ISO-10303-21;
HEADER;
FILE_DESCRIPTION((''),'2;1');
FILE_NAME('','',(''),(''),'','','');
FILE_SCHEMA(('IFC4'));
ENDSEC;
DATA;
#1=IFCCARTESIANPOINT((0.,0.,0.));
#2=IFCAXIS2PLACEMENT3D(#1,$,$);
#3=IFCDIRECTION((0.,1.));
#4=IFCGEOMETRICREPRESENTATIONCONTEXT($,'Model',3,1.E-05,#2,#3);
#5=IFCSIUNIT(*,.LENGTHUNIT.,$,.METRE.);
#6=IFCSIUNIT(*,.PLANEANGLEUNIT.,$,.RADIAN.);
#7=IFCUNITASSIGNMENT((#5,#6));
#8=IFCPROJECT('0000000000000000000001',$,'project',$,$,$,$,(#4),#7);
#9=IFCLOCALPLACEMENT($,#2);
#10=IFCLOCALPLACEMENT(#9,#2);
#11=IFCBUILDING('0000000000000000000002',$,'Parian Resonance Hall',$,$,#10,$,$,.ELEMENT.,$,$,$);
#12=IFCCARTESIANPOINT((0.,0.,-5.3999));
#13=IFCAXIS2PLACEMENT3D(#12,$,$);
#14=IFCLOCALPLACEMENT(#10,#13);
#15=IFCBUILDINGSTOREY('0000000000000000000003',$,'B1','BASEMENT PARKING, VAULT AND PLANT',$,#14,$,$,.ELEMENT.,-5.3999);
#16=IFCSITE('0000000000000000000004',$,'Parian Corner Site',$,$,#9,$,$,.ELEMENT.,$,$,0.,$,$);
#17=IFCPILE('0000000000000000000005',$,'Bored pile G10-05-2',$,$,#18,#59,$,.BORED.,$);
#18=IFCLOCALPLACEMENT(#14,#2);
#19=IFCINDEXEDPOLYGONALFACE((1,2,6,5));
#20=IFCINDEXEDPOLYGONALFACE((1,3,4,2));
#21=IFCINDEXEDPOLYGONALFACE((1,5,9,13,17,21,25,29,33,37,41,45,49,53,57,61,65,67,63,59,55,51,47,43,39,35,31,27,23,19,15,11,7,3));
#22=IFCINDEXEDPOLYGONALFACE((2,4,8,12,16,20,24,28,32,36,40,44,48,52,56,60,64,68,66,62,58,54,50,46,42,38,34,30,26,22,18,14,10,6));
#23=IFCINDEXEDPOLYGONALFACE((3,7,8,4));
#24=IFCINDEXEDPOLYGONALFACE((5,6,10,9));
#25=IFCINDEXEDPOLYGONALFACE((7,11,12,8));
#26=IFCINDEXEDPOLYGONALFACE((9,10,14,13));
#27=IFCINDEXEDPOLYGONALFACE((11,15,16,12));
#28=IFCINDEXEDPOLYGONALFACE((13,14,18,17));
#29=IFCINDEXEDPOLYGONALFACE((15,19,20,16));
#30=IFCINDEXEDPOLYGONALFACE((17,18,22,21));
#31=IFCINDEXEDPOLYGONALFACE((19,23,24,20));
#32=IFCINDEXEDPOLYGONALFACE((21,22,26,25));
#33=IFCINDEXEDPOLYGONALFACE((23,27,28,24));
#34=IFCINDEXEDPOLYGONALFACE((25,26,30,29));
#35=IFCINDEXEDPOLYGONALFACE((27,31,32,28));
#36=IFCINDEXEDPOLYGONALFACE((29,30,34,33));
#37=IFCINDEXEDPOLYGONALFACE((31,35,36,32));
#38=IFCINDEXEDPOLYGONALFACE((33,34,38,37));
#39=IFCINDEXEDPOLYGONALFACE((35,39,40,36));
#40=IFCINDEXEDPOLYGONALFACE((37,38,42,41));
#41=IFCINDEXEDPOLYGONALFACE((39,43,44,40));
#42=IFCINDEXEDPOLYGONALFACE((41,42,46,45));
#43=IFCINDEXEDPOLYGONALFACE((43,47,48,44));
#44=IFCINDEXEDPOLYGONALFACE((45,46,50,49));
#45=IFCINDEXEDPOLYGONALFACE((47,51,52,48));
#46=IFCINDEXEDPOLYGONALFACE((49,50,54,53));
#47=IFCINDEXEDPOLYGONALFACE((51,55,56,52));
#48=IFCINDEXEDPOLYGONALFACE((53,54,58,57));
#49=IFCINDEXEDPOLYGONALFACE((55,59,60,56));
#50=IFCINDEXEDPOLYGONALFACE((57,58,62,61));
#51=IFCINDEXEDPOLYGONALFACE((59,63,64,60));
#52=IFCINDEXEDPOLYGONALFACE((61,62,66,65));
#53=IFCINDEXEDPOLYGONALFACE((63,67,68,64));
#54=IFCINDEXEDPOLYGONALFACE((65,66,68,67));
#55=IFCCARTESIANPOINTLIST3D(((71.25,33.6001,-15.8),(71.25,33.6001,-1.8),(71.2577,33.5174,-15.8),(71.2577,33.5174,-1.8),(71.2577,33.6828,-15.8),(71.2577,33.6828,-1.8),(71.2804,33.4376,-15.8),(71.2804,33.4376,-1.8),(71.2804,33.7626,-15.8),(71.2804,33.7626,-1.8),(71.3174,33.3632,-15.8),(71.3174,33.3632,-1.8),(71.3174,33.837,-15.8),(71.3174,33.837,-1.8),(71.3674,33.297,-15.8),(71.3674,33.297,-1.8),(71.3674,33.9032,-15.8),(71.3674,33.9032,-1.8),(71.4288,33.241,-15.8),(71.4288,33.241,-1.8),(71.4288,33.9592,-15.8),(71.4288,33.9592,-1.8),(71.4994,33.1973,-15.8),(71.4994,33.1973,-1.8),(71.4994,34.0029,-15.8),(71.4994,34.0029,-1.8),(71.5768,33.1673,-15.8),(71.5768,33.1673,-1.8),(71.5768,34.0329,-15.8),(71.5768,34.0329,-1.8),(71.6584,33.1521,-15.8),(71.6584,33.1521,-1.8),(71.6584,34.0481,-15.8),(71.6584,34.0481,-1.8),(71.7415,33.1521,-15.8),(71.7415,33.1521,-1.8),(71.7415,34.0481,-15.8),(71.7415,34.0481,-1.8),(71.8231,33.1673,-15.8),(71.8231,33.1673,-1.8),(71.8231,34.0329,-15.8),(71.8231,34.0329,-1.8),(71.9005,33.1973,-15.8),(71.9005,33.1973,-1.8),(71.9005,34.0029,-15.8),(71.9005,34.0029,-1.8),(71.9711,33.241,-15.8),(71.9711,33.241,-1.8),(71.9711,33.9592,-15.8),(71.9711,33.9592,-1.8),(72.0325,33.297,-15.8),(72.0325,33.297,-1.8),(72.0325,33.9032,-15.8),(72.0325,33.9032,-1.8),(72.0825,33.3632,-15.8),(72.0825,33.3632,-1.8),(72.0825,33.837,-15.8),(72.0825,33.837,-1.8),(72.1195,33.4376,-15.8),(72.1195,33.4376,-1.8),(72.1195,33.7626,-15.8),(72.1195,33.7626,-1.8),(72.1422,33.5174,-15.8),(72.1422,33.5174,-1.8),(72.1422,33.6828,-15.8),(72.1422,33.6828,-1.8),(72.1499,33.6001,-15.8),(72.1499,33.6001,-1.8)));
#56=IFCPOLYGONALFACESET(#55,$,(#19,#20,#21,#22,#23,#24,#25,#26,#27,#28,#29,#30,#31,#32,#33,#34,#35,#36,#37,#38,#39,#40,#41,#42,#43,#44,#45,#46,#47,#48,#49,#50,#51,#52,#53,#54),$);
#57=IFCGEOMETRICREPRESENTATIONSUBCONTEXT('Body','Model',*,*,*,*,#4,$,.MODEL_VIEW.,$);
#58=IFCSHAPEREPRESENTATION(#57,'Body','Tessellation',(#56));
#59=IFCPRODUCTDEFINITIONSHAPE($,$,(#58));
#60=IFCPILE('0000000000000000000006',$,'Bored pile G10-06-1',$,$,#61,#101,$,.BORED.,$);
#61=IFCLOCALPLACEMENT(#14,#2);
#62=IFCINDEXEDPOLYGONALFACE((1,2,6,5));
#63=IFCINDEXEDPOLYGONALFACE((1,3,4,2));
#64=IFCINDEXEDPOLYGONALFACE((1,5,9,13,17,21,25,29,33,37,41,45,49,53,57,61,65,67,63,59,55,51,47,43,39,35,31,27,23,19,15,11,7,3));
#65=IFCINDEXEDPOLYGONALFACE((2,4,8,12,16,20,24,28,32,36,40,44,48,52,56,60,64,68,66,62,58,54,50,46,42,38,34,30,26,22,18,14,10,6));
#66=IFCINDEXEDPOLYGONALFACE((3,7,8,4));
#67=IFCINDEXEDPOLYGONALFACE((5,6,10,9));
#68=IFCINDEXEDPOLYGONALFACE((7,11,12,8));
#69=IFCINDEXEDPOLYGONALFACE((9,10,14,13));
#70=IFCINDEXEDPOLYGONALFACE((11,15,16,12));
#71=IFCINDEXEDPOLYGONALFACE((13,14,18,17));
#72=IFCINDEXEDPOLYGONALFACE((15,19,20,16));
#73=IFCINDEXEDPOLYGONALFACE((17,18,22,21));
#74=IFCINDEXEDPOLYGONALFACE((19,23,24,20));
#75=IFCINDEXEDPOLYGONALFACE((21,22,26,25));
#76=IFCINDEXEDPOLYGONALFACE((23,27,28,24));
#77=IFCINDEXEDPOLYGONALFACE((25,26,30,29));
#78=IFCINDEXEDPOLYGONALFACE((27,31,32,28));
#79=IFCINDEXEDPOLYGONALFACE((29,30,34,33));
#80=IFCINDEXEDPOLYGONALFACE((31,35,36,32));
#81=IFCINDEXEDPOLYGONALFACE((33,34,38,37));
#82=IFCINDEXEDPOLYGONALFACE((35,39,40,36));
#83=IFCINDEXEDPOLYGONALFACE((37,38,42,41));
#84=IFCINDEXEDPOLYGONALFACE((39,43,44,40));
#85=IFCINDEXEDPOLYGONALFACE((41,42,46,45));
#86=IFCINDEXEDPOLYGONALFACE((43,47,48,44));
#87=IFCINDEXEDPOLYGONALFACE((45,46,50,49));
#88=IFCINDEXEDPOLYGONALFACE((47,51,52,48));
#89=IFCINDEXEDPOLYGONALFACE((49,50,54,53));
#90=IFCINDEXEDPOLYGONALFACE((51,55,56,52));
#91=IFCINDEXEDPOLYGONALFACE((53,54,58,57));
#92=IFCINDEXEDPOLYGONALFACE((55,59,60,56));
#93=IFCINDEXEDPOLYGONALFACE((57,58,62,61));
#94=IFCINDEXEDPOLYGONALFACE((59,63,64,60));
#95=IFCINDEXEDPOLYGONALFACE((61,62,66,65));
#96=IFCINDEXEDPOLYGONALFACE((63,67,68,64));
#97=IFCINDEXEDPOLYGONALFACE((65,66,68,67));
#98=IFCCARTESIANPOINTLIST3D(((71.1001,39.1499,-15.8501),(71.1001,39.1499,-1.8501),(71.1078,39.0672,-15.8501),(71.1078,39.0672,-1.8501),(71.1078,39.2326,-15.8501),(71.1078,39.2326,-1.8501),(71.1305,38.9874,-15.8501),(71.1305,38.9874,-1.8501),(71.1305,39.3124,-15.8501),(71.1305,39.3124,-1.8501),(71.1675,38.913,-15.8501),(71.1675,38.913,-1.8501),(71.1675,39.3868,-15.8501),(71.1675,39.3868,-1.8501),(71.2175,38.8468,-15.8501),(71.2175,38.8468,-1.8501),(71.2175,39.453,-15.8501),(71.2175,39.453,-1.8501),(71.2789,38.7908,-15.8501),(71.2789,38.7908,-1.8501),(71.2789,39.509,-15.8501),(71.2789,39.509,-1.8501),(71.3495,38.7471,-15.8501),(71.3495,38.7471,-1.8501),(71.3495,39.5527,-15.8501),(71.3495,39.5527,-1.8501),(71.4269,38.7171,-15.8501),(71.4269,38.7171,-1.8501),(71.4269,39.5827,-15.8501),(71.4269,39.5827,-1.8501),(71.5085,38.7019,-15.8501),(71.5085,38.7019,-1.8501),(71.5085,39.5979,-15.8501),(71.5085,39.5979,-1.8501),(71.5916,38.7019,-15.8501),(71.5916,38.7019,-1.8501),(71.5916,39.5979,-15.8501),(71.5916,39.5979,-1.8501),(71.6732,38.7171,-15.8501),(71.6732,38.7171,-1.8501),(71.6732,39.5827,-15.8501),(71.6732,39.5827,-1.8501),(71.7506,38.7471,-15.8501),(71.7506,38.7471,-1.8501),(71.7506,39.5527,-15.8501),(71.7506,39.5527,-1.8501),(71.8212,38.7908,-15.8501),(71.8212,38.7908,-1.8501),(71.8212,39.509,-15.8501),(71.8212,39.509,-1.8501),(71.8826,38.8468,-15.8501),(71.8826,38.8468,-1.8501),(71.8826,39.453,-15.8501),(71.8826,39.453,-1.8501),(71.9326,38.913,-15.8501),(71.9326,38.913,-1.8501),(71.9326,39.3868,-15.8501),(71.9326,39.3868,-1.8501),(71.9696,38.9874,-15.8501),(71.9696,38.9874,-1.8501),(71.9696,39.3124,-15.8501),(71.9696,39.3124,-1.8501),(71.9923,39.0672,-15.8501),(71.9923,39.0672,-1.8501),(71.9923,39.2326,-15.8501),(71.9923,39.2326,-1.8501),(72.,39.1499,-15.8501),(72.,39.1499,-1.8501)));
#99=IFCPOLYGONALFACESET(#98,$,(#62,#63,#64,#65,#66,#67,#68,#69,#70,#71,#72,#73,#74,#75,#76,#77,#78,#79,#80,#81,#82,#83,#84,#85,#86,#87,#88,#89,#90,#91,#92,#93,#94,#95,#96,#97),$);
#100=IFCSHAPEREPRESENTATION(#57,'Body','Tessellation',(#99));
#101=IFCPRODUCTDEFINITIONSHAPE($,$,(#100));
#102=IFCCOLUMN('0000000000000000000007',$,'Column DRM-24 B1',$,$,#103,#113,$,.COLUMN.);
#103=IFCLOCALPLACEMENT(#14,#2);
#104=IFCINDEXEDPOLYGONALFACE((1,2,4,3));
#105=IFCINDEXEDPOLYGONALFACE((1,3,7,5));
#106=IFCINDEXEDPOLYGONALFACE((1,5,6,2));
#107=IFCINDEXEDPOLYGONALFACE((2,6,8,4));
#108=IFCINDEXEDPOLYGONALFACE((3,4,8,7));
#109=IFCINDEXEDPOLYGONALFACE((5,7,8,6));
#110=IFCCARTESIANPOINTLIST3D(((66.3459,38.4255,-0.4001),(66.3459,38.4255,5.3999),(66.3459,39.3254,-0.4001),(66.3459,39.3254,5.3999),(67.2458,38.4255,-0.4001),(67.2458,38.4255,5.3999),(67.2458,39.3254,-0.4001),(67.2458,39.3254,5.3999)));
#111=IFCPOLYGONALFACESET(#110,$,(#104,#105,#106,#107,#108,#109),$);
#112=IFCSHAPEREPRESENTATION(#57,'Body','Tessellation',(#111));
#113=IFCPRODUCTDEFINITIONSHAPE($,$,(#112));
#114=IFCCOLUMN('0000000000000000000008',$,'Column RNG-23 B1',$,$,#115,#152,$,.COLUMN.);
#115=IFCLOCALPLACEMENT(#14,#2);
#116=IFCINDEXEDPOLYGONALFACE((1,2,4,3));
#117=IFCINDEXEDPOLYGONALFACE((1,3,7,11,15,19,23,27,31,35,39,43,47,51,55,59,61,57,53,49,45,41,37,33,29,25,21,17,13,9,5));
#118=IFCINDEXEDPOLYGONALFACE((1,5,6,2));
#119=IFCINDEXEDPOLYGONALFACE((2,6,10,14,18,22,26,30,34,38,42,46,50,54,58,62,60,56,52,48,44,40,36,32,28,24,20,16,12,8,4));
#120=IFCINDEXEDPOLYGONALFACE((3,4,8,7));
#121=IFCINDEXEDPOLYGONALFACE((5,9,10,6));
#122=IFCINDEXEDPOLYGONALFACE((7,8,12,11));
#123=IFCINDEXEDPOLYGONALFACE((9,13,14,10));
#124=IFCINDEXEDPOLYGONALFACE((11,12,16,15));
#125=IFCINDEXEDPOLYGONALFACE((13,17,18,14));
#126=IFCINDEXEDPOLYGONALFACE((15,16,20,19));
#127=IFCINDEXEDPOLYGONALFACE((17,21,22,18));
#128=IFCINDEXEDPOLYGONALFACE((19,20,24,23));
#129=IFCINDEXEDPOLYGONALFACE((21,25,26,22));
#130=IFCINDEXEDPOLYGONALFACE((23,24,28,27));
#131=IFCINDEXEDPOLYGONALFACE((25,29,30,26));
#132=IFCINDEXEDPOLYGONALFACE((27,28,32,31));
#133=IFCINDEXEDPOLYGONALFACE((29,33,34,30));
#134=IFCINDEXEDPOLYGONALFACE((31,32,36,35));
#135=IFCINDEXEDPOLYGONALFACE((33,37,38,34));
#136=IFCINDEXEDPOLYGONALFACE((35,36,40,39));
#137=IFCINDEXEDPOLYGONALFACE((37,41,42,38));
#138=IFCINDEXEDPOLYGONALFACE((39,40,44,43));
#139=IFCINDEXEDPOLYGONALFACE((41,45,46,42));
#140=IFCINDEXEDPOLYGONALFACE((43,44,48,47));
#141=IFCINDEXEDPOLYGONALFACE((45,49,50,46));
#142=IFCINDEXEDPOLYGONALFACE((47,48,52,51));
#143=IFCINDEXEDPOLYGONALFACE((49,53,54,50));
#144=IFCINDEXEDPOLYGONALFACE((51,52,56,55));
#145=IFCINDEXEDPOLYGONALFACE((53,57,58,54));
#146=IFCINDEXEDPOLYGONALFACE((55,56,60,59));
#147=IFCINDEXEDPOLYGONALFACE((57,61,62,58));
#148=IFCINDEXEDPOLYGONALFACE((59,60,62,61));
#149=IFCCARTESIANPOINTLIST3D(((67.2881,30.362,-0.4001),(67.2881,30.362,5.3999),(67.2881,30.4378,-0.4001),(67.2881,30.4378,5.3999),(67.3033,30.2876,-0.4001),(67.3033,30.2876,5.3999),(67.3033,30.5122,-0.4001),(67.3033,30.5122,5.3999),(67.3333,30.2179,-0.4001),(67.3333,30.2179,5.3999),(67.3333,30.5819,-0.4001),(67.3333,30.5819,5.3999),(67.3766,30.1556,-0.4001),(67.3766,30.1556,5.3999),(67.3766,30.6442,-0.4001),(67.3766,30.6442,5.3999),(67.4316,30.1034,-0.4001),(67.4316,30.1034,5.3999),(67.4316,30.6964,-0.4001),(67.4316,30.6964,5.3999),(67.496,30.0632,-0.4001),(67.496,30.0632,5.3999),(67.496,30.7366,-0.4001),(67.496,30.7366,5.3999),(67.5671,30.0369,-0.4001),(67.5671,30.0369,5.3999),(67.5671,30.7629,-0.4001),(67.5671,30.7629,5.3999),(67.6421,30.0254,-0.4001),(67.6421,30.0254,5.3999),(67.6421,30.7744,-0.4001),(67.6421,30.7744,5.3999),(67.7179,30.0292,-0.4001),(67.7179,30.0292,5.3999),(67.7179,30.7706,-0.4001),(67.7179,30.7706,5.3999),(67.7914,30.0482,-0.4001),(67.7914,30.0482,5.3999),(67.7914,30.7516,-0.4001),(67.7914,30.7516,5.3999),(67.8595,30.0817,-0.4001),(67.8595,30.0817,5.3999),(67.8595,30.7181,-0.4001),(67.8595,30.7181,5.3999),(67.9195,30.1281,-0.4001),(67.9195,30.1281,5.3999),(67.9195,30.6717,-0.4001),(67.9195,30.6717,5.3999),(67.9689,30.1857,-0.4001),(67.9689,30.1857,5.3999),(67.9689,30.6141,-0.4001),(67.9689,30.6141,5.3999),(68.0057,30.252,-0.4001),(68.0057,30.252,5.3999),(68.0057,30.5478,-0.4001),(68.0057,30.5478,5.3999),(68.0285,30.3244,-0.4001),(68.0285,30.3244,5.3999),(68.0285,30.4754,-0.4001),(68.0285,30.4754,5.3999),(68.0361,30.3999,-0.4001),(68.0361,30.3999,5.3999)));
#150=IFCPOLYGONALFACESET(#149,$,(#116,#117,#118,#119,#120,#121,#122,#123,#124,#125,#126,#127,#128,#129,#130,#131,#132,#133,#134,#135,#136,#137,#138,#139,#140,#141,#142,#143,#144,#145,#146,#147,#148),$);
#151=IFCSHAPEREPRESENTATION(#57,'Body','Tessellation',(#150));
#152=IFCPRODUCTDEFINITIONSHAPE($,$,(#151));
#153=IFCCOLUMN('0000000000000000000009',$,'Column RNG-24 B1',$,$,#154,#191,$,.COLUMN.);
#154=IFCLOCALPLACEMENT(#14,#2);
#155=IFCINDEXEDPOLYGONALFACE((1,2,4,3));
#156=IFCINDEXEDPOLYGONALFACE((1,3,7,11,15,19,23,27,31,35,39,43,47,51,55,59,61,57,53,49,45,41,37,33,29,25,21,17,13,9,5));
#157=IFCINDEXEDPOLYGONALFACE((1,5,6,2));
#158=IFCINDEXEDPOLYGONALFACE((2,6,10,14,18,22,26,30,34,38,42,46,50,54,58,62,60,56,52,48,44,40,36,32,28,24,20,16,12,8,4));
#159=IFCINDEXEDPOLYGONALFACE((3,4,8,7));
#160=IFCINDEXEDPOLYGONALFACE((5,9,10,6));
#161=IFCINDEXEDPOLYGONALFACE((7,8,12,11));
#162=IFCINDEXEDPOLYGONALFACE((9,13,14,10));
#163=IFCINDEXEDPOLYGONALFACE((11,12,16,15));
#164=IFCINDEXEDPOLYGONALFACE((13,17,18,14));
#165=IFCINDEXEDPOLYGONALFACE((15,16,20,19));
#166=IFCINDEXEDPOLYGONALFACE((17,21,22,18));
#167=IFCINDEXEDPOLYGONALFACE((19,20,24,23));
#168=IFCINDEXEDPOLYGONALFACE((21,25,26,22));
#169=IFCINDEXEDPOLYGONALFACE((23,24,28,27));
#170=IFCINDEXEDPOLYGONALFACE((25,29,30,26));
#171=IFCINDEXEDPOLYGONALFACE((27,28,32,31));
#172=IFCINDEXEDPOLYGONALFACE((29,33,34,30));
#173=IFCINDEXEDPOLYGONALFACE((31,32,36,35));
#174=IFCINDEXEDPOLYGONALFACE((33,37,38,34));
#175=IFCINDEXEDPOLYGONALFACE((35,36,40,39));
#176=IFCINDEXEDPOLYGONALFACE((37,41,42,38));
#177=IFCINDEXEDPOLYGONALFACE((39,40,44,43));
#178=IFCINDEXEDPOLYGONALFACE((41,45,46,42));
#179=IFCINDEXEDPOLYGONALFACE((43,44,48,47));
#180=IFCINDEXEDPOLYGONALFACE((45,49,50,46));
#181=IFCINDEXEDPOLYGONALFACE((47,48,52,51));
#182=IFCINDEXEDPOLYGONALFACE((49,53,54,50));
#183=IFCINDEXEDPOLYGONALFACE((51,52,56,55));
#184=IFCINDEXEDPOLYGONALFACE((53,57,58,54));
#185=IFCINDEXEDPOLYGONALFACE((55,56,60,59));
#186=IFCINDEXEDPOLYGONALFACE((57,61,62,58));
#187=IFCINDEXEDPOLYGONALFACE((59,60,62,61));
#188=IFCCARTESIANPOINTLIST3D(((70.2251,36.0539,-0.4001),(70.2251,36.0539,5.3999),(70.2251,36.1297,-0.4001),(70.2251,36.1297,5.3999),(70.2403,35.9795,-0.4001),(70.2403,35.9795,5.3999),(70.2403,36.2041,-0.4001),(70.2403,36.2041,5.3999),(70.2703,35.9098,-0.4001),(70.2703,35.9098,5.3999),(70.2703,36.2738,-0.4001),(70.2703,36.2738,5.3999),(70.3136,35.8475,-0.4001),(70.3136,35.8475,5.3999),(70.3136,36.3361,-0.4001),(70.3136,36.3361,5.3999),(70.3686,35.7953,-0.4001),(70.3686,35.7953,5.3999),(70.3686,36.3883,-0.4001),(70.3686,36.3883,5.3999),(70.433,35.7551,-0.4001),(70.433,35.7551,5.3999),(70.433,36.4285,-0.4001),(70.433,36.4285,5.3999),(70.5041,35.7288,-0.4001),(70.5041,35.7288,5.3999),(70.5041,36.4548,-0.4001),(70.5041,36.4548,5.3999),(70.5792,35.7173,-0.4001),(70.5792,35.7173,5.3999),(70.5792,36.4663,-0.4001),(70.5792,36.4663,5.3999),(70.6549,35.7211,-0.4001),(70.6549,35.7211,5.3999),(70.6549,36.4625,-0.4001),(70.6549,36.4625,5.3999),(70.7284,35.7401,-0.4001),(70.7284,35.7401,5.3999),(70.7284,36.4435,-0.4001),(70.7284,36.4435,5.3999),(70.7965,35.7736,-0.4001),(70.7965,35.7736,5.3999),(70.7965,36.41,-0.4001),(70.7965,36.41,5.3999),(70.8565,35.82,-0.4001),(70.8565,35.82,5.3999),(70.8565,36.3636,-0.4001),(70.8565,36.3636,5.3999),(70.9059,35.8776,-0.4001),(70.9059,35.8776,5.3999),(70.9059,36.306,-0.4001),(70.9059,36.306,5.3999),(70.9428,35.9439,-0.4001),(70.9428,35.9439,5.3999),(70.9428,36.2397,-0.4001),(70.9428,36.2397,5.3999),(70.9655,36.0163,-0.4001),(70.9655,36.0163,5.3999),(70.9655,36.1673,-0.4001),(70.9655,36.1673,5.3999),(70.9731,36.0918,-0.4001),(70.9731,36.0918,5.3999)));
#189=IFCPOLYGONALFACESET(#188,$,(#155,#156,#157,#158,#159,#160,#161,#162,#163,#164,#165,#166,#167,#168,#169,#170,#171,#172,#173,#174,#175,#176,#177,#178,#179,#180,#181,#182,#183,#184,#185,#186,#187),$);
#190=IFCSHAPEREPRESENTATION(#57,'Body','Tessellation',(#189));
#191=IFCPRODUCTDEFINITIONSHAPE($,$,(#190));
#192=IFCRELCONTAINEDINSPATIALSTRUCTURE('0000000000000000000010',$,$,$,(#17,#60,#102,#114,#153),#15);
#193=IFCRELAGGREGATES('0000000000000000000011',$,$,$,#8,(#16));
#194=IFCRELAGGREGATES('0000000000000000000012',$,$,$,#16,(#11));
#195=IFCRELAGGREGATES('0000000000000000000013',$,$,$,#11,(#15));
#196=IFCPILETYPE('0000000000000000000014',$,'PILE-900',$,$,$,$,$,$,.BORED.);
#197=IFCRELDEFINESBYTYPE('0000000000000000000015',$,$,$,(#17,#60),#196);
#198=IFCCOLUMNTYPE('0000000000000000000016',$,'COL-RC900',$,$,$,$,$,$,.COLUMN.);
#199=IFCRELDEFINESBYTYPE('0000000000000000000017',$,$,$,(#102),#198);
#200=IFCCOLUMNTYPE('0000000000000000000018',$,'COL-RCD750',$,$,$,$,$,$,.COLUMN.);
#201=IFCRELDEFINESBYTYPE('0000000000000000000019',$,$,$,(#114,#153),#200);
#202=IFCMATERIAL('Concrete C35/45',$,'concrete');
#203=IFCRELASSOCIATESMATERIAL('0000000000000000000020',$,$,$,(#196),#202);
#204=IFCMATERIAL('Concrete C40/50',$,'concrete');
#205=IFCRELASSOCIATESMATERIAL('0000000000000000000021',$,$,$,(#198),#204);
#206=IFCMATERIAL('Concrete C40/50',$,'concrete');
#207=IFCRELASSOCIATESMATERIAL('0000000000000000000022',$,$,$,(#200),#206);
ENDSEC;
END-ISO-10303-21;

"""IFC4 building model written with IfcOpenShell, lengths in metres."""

from ifc_helpers import new_model, si_unit, direction, frame, origin, origin_2d, place, context, subcontext, project, spatial, rectangle, circle, extrude, material, material_profile, profile_set, type_object, element, save


model = new_model("IFC4")

# Units and contexts
model_context = context("Model", 3, precision=1e-05, world=origin(), true_north=direction((0.0, 1.0)))
body_context = subcontext(model_context, "Body", "Model", "MODEL_VIEW")
ifc_project = project(units=[si_unit("LENGTHUNIT", "METRE"), si_unit("PLANEANGLEUNIT", "RADIAN")], contexts=[model_context])

# Site, building, storey
site_placement = place(None, origin())
site = spatial("IfcSite", under=ifc_project, at=site_placement, Name="Parian Corner Site", CompositionType="ELEMENT", RefElevation=0.0)
building_placement = place(site_placement, origin())
building = spatial("IfcBuilding", under=site, at=building_placement, Name="Parian Resonance Hall", CompositionType="ELEMENT")
storey_placement = place(building_placement, frame((0.0, 0.0, -5.3999)))
storey = spatial("IfcBuildingStorey", under=building, at=storey_placement, Name="B1", Description="BASEMENT PARKING, VAULT AND PLANT", CompositionType="ELEMENT", Elevation=-5.3999)

# Piles
ifc_material_1 = material(Name="Concrete C35/45", Category="concrete")
ifc_material_profile_1 = material_profile(ifc_material_1, circle(Radius=0.45, at=origin_2d()), Name="PILE-D900")
ifc_profile_set_1 = profile_set([ifc_material_profile_1], Name="Concrete C35/45")
pile_type_1 = type_object("IfcPileType", Name="PILE-900", PredefinedType="BORED", material=ifc_profile_set_1)
for number, where, z_axis, x_axis, name in (
    (1, (71.7, 33.6001, -1.8), (0.0, 0.0, -1.0), (1.0, 0.0, 0.0), "Bored pile G10-05-2"),
    (2, (71.55, 39.1499, -1.8501), (0.0, 0.0, -1.0), (1.0, 0.0, 0.0), "Bored pile G10-06-1"),
):
    element("IfcPile", number, at=place(storey_placement, frame(where, z_axis=z_axis, x_axis=x_axis)), inside=storey, type_object=pile_type_1, Name=name, PredefinedType="BORED", context=body_context, shape_type="SweptSolid", body=[
        extrude(circle(Radius=0.45, at=origin_2d()), origin(), (0.0, 0.0, 1.0), 14.0),
    ])

# Columns
ifc_material_2 = material(Name="Concrete C40/50", Category="concrete")
ifc_material_profile_2 = material_profile(ifc_material_2, rectangle(XDim=0.8999, YDim=0.8999, at=origin_2d()), Name="RC-COL-900x900")
ifc_profile_set_2 = profile_set([ifc_material_profile_2], Name="Concrete C40/50")
column_type_1 = type_object("IfcColumnType", Name="COL-RC900", PredefinedType="COLUMN", material=ifc_profile_set_2)
column_placement = place(storey_placement, frame((66.7959, 38.8755, -0.4001), z_axis=(0.0, 0.0, 1.0), x_axis=(1.0, 0.0, 0.0)))
element("IfcColumn", 3, at=column_placement, inside=storey, type_object=column_type_1, Name="Column DRM-24 B1", PredefinedType="COLUMN", context=body_context, shape_type="SweptSolid", body=[
    extrude(rectangle(XDim=0.8999, YDim=0.8999, at=origin_2d()), origin(), (0.0, 0.0, 1.0), 5.8),
])
ifc_material_3 = material(Name="Concrete C40/50", Category="concrete")
ifc_material_profile_3 = material_profile(ifc_material_3, circle(Radius=0.375, at=origin_2d()), Name="RC-COL-D750")
ifc_profile_set_3 = profile_set([ifc_material_profile_3], Name="Concrete C40/50")
column_type_2 = type_object("IfcColumnType", Name="COL-RCD750", PredefinedType="COLUMN", material=ifc_profile_set_3)
for number, where, z_axis, x_axis, name in (
    (4, (67.6611, 30.3999, -0.4001), (0.0, 0.0, 1.0), (1.0, 0.0, 0.0), "Column RNG-23 B1"),
    (5, (70.5981, 36.0918, -0.4001), (0.0, 0.0, 1.0), (1.0, 0.0, 0.0), "Column RNG-24 B1"),
):
    element("IfcColumn", number, at=place(storey_placement, frame(where, z_axis=z_axis, x_axis=x_axis)), inside=storey, type_object=column_type_2, Name=name, PredefinedType="COLUMN", context=body_context, shape_type="SweptSolid", body=[
        extrude(circle(Radius=0.375, at=origin_2d()), origin(), (0.0, 0.0, 1.0), 5.8),
    ])

save(model, "model.ifc")
